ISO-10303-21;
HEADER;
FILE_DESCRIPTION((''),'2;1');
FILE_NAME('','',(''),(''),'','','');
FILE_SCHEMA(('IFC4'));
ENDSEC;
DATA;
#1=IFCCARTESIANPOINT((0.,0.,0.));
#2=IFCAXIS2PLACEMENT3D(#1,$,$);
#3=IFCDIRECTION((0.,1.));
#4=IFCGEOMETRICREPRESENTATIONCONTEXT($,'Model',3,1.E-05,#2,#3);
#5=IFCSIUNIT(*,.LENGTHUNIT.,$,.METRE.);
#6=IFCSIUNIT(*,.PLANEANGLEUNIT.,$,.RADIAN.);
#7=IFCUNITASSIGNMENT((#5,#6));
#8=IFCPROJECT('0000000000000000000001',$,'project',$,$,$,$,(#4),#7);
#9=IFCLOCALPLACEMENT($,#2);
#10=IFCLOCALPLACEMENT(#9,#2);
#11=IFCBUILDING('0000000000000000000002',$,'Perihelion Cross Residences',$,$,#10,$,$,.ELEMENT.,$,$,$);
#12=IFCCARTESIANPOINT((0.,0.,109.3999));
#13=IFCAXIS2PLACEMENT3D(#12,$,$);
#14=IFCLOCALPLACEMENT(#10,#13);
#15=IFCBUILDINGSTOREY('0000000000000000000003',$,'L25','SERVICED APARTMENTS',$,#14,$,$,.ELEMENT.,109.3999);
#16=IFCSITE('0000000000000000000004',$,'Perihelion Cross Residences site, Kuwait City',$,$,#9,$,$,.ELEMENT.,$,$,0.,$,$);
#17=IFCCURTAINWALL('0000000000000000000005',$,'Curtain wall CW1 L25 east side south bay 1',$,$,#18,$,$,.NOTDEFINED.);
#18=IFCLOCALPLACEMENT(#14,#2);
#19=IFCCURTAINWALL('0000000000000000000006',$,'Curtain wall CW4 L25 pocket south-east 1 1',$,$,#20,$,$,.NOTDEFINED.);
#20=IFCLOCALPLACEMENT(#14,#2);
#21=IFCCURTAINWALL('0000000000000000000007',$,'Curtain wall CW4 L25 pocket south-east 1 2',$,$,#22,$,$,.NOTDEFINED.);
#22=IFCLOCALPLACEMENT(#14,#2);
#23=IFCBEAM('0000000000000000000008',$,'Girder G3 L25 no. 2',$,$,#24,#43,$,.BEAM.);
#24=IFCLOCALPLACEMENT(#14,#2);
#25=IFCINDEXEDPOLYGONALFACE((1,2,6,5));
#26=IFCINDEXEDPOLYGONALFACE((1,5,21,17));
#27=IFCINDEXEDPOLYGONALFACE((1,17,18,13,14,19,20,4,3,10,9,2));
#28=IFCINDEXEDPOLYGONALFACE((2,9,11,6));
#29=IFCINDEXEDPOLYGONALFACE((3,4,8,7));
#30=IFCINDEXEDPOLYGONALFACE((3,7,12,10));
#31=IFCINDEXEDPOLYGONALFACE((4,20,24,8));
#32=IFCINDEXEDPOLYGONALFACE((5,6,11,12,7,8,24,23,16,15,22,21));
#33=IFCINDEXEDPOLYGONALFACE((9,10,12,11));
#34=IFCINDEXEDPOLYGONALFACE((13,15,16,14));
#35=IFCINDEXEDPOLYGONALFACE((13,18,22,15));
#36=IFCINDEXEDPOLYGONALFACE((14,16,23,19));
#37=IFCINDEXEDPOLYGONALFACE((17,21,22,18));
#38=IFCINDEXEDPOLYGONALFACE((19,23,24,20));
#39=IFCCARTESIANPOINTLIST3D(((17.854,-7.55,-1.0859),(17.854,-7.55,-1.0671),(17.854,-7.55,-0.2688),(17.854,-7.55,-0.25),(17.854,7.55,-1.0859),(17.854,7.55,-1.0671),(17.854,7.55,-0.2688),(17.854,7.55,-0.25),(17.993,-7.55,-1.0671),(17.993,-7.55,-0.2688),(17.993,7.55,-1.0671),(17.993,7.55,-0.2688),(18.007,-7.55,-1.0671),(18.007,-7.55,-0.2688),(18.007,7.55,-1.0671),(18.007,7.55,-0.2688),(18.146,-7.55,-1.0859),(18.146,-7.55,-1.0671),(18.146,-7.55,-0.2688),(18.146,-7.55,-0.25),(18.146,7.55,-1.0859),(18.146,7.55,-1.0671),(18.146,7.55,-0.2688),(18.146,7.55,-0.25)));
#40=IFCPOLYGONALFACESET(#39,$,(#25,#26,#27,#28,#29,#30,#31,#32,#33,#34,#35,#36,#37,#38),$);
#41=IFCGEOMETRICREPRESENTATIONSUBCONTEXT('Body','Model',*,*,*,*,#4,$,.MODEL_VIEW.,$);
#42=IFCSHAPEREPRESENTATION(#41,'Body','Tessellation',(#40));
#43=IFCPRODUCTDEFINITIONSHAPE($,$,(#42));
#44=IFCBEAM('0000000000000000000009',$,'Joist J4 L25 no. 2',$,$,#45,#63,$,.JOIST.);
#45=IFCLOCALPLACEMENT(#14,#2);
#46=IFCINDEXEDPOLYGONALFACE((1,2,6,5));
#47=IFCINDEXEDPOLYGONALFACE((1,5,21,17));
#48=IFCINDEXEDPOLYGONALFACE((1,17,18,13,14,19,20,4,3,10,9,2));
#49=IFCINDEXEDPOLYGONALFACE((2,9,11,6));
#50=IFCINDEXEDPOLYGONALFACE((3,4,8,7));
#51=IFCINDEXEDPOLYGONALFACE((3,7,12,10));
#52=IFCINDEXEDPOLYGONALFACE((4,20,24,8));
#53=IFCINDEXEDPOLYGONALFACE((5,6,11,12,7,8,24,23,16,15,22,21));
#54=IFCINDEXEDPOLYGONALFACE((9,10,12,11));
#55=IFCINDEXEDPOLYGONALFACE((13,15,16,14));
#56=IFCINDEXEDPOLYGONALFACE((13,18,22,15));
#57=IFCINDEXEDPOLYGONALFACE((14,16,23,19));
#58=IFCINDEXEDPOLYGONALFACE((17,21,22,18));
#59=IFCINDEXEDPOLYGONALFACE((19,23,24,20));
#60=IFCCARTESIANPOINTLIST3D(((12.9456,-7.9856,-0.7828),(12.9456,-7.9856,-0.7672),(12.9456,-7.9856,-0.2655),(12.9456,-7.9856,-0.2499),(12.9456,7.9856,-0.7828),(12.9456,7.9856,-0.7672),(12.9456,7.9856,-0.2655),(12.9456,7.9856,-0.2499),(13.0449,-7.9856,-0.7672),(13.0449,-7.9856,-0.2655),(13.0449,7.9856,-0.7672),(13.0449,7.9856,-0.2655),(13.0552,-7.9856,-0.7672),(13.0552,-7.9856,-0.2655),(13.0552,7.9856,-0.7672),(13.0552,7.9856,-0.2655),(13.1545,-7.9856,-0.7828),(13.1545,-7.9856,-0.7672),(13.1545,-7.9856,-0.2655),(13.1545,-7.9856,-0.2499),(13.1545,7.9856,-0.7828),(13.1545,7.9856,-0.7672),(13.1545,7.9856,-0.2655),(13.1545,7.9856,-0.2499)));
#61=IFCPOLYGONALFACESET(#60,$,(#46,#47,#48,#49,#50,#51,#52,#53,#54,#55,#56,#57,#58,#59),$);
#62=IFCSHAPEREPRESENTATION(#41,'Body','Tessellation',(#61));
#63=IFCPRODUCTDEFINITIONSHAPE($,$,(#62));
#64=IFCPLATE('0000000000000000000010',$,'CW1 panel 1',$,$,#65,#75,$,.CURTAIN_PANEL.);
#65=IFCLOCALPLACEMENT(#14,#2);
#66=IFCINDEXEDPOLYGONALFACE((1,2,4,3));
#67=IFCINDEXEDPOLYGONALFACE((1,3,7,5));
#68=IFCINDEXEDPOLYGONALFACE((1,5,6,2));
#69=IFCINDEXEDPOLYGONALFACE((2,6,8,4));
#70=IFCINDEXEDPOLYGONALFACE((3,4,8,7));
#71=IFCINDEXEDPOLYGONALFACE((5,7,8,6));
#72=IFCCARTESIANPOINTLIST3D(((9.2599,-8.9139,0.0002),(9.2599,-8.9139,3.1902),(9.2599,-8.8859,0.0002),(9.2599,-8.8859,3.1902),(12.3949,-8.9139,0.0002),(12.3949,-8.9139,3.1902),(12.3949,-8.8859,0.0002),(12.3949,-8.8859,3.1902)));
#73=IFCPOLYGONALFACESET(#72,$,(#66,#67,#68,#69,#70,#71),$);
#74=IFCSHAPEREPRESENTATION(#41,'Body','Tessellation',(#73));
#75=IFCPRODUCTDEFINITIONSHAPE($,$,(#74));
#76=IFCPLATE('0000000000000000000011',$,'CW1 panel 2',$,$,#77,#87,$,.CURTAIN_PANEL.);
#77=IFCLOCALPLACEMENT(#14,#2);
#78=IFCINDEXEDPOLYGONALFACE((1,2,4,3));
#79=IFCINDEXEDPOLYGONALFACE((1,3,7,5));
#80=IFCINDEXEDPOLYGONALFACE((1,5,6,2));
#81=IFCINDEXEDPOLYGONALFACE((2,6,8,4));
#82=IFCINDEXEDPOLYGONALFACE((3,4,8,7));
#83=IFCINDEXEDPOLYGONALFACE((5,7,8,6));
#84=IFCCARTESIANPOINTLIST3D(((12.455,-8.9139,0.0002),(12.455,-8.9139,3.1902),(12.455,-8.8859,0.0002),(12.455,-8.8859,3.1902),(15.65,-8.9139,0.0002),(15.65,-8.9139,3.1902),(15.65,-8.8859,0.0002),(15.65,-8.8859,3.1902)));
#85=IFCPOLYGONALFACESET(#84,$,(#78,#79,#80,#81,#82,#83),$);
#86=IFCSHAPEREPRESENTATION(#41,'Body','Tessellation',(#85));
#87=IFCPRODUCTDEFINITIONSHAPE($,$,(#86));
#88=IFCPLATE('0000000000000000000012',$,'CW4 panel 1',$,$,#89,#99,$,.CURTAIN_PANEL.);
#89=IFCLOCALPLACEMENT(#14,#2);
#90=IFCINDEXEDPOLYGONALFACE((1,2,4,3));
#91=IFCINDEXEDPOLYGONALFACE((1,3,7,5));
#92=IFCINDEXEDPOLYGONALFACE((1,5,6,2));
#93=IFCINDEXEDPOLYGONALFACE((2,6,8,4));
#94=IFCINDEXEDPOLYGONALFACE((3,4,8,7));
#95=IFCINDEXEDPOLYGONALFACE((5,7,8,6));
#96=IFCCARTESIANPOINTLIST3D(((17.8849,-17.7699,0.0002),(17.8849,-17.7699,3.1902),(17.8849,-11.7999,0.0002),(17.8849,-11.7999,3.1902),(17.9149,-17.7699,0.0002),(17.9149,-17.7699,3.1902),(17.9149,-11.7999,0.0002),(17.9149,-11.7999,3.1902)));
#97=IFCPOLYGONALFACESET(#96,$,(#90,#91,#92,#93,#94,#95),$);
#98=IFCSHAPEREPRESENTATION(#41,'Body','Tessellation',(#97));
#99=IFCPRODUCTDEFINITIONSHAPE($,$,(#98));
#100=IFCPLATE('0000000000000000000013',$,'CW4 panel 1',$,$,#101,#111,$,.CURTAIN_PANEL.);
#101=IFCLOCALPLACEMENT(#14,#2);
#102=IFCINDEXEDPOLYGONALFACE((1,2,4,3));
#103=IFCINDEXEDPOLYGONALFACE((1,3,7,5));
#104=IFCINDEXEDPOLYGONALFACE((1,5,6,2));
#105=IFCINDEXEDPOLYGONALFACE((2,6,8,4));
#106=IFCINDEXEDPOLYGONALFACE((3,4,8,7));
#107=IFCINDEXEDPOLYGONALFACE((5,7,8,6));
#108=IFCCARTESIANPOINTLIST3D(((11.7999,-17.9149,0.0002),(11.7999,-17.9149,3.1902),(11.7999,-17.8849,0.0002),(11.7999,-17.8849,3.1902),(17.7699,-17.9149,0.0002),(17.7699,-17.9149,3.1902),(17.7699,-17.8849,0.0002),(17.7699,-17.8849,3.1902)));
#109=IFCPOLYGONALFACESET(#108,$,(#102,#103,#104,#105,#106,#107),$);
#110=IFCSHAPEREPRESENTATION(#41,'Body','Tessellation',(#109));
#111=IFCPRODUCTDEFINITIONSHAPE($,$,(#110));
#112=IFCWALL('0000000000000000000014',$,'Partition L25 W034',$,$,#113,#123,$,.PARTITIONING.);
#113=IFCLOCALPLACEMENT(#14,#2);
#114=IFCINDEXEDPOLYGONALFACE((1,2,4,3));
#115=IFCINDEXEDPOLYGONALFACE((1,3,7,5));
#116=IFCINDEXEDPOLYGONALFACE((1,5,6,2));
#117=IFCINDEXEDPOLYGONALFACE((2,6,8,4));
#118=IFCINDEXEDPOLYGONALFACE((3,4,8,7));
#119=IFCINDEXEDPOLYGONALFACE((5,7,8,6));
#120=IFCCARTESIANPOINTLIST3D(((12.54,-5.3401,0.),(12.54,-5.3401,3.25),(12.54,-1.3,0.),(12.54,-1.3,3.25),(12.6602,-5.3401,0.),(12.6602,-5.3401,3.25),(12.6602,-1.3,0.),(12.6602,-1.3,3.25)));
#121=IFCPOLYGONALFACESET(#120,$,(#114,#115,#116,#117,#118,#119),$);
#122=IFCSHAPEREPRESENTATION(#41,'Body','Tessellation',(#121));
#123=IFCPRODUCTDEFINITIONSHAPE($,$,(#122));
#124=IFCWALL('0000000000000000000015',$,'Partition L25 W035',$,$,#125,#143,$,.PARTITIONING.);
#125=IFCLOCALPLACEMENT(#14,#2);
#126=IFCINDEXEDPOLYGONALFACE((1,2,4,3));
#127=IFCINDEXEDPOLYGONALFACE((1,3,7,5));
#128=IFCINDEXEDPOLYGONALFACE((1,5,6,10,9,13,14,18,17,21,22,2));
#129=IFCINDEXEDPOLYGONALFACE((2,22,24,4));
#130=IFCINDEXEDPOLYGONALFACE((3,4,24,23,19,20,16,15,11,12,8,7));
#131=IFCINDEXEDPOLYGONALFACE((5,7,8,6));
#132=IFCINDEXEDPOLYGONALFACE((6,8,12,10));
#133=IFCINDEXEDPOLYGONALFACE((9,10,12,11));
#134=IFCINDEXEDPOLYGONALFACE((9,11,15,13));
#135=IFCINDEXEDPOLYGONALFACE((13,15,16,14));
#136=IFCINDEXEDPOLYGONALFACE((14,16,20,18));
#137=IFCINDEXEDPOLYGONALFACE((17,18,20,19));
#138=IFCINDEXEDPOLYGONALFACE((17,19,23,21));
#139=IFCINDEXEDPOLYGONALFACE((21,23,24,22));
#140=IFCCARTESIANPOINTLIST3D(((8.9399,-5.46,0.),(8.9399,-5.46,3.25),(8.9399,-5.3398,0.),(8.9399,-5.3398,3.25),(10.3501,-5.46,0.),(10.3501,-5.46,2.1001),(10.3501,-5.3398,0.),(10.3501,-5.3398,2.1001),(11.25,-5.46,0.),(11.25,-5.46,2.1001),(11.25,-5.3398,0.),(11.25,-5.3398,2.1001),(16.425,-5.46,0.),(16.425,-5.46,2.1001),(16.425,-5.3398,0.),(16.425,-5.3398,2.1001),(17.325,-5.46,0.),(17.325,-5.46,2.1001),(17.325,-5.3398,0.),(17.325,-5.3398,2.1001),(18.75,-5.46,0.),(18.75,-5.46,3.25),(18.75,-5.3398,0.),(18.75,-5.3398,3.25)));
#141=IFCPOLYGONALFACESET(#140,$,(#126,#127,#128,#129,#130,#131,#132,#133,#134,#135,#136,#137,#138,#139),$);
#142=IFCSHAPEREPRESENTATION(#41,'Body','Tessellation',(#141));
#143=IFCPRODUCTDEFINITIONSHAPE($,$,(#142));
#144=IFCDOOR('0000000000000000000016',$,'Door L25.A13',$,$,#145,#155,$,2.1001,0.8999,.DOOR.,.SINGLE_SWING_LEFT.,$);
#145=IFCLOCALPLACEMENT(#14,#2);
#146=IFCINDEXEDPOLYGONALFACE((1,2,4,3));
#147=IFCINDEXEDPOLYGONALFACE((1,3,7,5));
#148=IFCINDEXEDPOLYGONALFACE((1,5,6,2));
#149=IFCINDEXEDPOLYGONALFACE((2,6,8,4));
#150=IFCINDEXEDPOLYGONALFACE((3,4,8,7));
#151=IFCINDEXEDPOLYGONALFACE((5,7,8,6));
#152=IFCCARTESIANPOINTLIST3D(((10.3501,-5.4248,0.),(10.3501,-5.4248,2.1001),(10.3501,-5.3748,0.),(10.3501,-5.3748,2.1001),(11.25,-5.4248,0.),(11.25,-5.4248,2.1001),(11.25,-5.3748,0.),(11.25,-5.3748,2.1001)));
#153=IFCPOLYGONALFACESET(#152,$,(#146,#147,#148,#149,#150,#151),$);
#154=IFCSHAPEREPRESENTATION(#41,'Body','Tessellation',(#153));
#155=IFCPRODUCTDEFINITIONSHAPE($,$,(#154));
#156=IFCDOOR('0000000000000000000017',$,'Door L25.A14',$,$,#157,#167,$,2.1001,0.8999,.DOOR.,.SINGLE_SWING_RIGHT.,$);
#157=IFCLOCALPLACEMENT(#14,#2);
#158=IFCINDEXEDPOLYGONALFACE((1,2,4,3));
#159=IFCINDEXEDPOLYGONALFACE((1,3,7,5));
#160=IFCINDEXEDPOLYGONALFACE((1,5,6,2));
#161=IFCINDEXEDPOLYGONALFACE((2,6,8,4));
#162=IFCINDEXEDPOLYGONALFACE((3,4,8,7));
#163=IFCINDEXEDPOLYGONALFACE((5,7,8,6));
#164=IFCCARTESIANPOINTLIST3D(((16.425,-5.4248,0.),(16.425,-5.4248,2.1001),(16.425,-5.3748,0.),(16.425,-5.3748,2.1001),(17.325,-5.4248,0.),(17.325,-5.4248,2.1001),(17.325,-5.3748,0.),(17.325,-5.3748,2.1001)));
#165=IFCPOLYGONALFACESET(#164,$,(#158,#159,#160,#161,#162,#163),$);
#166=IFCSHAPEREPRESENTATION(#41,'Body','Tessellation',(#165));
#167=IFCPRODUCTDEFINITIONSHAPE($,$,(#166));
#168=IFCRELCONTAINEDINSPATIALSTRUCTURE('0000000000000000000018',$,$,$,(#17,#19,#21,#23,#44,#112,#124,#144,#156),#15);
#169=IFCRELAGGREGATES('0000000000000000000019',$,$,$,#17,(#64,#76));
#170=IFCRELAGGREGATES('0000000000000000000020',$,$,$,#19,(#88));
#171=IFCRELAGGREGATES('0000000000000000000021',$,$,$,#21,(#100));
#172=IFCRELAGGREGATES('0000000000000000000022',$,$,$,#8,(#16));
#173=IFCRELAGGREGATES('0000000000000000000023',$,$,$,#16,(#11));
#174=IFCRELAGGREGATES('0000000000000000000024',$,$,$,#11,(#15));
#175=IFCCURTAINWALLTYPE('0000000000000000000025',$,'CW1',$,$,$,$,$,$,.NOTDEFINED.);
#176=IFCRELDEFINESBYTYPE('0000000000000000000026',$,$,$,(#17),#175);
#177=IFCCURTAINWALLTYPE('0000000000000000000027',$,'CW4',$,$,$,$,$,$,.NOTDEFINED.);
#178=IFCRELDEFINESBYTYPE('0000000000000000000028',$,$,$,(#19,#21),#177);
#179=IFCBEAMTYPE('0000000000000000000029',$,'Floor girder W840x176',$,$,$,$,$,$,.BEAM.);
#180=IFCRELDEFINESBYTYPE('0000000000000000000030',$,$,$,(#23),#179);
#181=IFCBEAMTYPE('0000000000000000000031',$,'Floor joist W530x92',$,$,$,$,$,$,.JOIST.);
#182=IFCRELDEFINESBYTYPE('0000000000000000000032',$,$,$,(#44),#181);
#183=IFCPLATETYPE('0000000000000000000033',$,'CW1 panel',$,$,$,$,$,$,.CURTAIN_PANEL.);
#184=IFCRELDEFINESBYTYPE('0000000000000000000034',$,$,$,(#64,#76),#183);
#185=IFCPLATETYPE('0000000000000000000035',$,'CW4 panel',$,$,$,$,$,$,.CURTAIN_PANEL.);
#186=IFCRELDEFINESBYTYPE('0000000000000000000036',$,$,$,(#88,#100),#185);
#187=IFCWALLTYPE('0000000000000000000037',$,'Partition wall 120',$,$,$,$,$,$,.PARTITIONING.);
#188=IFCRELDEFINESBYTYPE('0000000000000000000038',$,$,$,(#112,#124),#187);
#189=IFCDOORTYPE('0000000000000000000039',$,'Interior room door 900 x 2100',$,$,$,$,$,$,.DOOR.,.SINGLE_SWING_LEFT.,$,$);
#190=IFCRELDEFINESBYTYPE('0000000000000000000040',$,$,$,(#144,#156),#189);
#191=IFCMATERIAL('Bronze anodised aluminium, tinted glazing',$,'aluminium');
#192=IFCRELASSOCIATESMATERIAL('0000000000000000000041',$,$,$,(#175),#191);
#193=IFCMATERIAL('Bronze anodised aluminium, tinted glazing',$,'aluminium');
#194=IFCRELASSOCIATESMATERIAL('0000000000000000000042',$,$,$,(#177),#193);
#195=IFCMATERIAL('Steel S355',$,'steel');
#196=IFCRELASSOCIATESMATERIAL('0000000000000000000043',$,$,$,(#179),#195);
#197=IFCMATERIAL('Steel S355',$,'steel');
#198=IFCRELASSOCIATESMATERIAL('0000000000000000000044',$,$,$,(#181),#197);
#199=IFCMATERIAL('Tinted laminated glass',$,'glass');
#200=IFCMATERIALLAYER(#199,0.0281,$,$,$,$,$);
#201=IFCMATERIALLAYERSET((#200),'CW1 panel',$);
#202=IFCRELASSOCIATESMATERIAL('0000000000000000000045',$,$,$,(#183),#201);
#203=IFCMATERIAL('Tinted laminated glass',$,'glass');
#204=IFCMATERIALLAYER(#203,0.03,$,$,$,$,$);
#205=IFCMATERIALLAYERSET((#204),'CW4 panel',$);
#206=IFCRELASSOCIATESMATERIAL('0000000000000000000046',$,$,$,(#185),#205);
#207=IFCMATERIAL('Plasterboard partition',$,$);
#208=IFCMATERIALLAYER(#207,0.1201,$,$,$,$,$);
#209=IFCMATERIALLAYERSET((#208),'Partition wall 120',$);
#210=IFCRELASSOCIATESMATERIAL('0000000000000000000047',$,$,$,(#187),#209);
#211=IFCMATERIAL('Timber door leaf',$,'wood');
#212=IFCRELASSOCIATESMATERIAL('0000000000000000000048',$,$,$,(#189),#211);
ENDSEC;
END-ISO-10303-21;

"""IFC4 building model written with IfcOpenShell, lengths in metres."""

from ifc_helpers import new_model, si_unit, direction, frame, frame_2d, origin, origin_2d, place, context, subcontext, project, spatial, rectangle, i_section, extrude, material, layer, layer_set, material_profile, profile_set, type_object, element, fill, aggregate, save


model = new_model("IFC4")

# Units and contexts
model_context = context("Model", 3, precision=1e-05, world=origin(), true_north=direction((0.0, 1.0)))
body_context = subcontext(model_context, "Body", "Model", "MODEL_VIEW")
ifc_project = project(units=[si_unit("LENGTHUNIT", "METRE"), si_unit("PLANEANGLEUNIT", "RADIAN")], contexts=[model_context])

# Site, building, storey
site_placement = place(None, origin())
site = spatial("IfcSite", under=ifc_project, at=site_placement, Name="Perihelion Cross Residences site, Kuwait City", CompositionType="ELEMENT", RefElevation=0.0)
building_placement = place(site_placement, origin())
building = spatial("IfcBuilding", under=site, at=building_placement, Name="Perihelion Cross Residences", CompositionType="ELEMENT")
storey_placement = place(building_placement, frame((0.0, 0.0, 109.3999)))
storey = spatial("IfcBuildingStorey", under=building, at=storey_placement, Name="L25", Description="SERVICED APARTMENTS", CompositionType="ELEMENT", Elevation=109.3999)

# Curtain wall
ifc_material_1 = material(Name="Bronze anodised aluminium, tinted glazing", Category="aluminium")
curtain_wall_type_1 = type_object("IfcCurtainWallType", Name="CW1", PredefinedType="NOTDEFINED", material=ifc_material_1)
curtain_wall_1_placement = place(storey_placement, origin())
curtain_wall_1 = element("IfcCurtainWall", 1, at=curtain_wall_1_placement, inside=storey, type_object=curtain_wall_type_1, Name="Curtain wall CW1 L25 east side south bay 1", PredefinedType="NOTDEFINED")

# Curtain walls
ifc_material_2 = material(Name="Bronze anodised aluminium, tinted glazing", Category="aluminium")
curtain_wall_type_2 = type_object("IfcCurtainWallType", Name="CW4", PredefinedType="NOTDEFINED", material=ifc_material_2)
curtain_wall_2_placement = place(storey_placement, origin())
curtain_wall_2 = element("IfcCurtainWall", 2, at=curtain_wall_2_placement, inside=storey, type_object=curtain_wall_type_2, Name="Curtain wall CW4 L25 pocket south-east 1 1", PredefinedType="NOTDEFINED")
curtain_wall_3_placement = place(storey_placement, origin())
curtain_wall_3 = element("IfcCurtainWall", 3, at=curtain_wall_3_placement, inside=storey, type_object=curtain_wall_type_2, Name="Curtain wall CW4 L25 pocket south-east 1 2", PredefinedType="NOTDEFINED")

# Beams
ifc_material_3 = material(Name="Steel S355", Category="steel")
ifc_material_profile_1 = material_profile(ifc_material_3, i_section(OverallWidth=0.292, OverallDepth=0.8359, WebThickness=0.0139, FlangeThickness=0.0188, at=origin_2d()), Name="W840x176")
ifc_profile_set_1 = profile_set([ifc_material_profile_1], Name="Steel S355")
beam_type_1 = type_object("IfcBeamType", Name="Floor girder W840x176", PredefinedType="BEAM", material=ifc_profile_set_1)
beam_1_placement = place(storey_placement, frame((18.0, -7.55, -0.668), z_axis=(0.0, 1.0, 0.0), x_axis=(-1.0, 0.0, 0.0)))
element("IfcBeam", 4, at=beam_1_placement, inside=storey, type_object=beam_type_1, Name="Girder G3 L25 no. 2", PredefinedType="BEAM", context=body_context, shape_type="SweptSolid", body=[
    extrude(i_section(OverallWidth=0.292, OverallDepth=0.8359, WebThickness=0.0139, FlangeThickness=0.0188, at=origin_2d()), origin(), (0.0, 0.0, 1.0), 15.1001),
])
ifc_material_4 = material(Name="Steel S355", Category="steel")
ifc_material_profile_2 = material_profile(ifc_material_4, i_section(OverallWidth=0.209, OverallDepth=0.533, WebThickness=0.0103, FlangeThickness=0.0156, at=origin_2d()), Name="W530x92")
ifc_profile_set_2 = profile_set([ifc_material_profile_2], Name="Steel S355")
beam_type_2 = type_object("IfcBeamType", Name="Floor joist W530x92", PredefinedType="JOIST", material=ifc_profile_set_2)
beam_2_placement = place(storey_placement, frame((13.05, -7.9856, -0.5164), z_axis=(0.0, 1.0, 0.0), x_axis=(-1.0, 0.0, 0.0)))
element("IfcBeam", 5, at=beam_2_placement, inside=storey, type_object=beam_type_2, Name="Joist J4 L25 no. 2", PredefinedType="JOIST", context=body_context, shape_type="SweptSolid", body=[
    extrude(i_section(OverallWidth=0.209, OverallDepth=0.533, WebThickness=0.0103, FlangeThickness=0.0156, at=origin_2d()), origin(), (0.0, 0.0, 1.0), 15.9712),
])

# Plates
ifc_material_5 = material(Name="Tinted laminated glass", Category="glass")
ifc_layer_1 = layer(ifc_material_5, 0.0281)
ifc_layer_set_1 = layer_set([ifc_layer_1], Name="CW1 panel")
plate_type_1 = type_object("IfcPlateType", Name="CW1 panel", PredefinedType="CURTAIN_PANEL", material=ifc_layer_set_1)
plate_1_placement = place(storey_placement, frame((10.8274, -8.8999, 0.0002), z_axis=(0.0, 0.0, 1.0), x_axis=(1.0, 0.0, 0.0)))
plate_1 = element("IfcPlate", 6, at=plate_1_placement, type_object=plate_type_1, Name="CW1 panel 1", PredefinedType="CURTAIN_PANEL", context=body_context, shape_type="SweptSolid", body=[
    extrude(rectangle(XDim=3.135, YDim=0.0281, at=origin_2d()), origin(), (0.0, 0.0, 1.0), 3.1899),
])
plate_2_placement = place(storey_placement, frame((14.0525, -8.8999, 0.0002), z_axis=(0.0, 0.0, 1.0), x_axis=(1.0, 0.0, 0.0)))
plate_2 = element("IfcPlate", 7, at=plate_2_placement, type_object=plate_type_1, Name="CW1 panel 2", PredefinedType="CURTAIN_PANEL", context=body_context, shape_type="SweptSolid", body=[
    extrude(rectangle(XDim=3.1951, YDim=0.0281, at=origin_2d()), origin(), (0.0, 0.0, 1.0), 3.1899),
])
aggregate(curtain_wall_1, [plate_1, plate_2])
ifc_material_6 = material(Name="Tinted laminated glass", Category="glass")
ifc_layer_2 = layer(ifc_material_6, 0.03)
ifc_layer_set_2 = layer_set([ifc_layer_2], Name="CW4 panel")
plate_type_2 = type_object("IfcPlateType", Name="CW4 panel", PredefinedType="CURTAIN_PANEL", material=ifc_layer_set_2)
plate_3_placement = place(storey_placement, frame((17.8999, -14.7849, 0.0002), z_axis=(0.0, 0.0, 1.0), x_axis=(0.0, -1.0, 0.0)))
plate_3 = element("IfcPlate", 8, at=plate_3_placement, type_object=plate_type_2, Name="CW4 panel 1", PredefinedType="CURTAIN_PANEL", context=body_context, shape_type="SweptSolid", body=[
    extrude(rectangle(XDim=5.97, YDim=0.03, at=origin_2d()), origin(), (0.0, 0.0, 1.0), 3.1899),
])
aggregate(curtain_wall_2, [plate_3])
plate_4_placement = place(storey_placement, frame((14.7849, -17.8999, 0.0002), z_axis=(0.0, 0.0, 1.0), x_axis=(-1.0, 0.0, 0.0)))
plate_4 = element("IfcPlate", 9, at=plate_4_placement, type_object=plate_type_2, Name="CW4 panel 1", PredefinedType="CURTAIN_PANEL", context=body_context, shape_type="SweptSolid", body=[
    extrude(rectangle(XDim=5.97, YDim=0.03, at=origin_2d()), origin(), (0.0, 0.0, 1.0), 3.1899),
])
aggregate(curtain_wall_3, [plate_4])

# Wall
ifc_material_7 = material(Name="Plasterboard partition")
ifc_layer_3 = layer(ifc_material_7, 0.1201)
ifc_layer_set_3 = layer_set([ifc_layer_3], Name="Partition wall 120")
wall_type_1 = type_object("IfcWallType", Name="Partition wall 120", PredefinedType="PARTITIONING", material=ifc_layer_set_3)
wall_1_placement = place(storey_placement, frame((12.6001, -1.3, 0.0), z_axis=(0.0, 0.0, 1.0), x_axis=(0.0, -1.0, 0.0)))
element("IfcWall", 10, at=wall_1_placement, inside=storey, type_object=wall_type_1, Name="Partition L25 W034", PredefinedType="PARTITIONING", context=body_context, shape_type="SweptSolid", body=[
    extrude(rectangle(XDim=4.04, YDim=0.1201, at=frame_2d((2.02, 0.0))), origin(), (0.0, 0.0, 1.0), 3.25),
])

# Wall, openings, doors
wall_2_placement = place(storey_placement, frame((18.75, -5.3999, 0.0), z_axis=(0.0, 0.0, 1.0), x_axis=(-1.0, 0.0, 0.0)))
wall_2 = element("IfcWall", 11, at=wall_2_placement, inside=storey, type_object=wall_type_1, Name="Partition L25 W035", PredefinedType="PARTITIONING", context=body_context, shape_type="SweptSolid", body=[
    extrude(rectangle(XDim=9.8101, YDim=0.1201, at=frame_2d((4.905, 0.0))), origin(), (0.0, 0.0, 1.0), 3.25),
])
opening_1_placement = place(wall_2_placement, frame((7.5, 0.0, 0.0)))
opening_1 = element("IfcOpeningElement", 12, at=opening_1_placement, cuts=wall_2, PredefinedType="OPENING", context=body_context, shape_type="SweptSolid", body=[
    extrude(rectangle(XDim=0.8999, YDim=2.1001, at=frame_2d((0.45, 1.05))), frame((0.0, 0.0701, 0.0), z_axis=(0.0, -1.0, 0.0), x_axis=(1.0, 0.0, 0.0)), (0.0, 0.0, 1.0), 0.1401),
])
opening_2_placement = place(wall_2_placement, frame((1.425, 0.0, 0.0)))
opening_2 = element("IfcOpeningElement", 13, at=opening_2_placement, cuts=wall_2, PredefinedType="OPENING", context=body_context, shape_type="SweptSolid", body=[
    extrude(rectangle(XDim=0.8999, YDim=2.1001, at=frame_2d((0.45, 1.05))), frame((0.0, 0.0701, 0.0), z_axis=(0.0, -1.0, 0.0), x_axis=(1.0, 0.0, 0.0)), (0.0, 0.0, 1.0), 0.1401),
])
ifc_material_8 = material(Name="Timber door leaf", Category="wood")
door_type_1 = type_object("IfcDoorType", Name="Interior room door 900 x 2100", OperationType="SINGLE_SWING_LEFT", PredefinedType="DOOR", material=ifc_material_8)
door_1_placement = place(opening_1_placement, origin())
door_1 = element("IfcDoor", 14, at=door_1_placement, inside=storey, type_object=door_type_1, Name="Door L25.A13", OperationType="SINGLE_SWING_LEFT", OverallHeight=2.1001, OverallWidth=0.8999, PredefinedType="DOOR", context=body_context, shape_type="SweptSolid", body=[
    extrude(rectangle(XDim=0.8999, YDim=2.1001, at=frame_2d((0.45, 1.05))), frame((0.0, 0.0249, 0.0), z_axis=(0.0, -1.0, 0.0), x_axis=(1.0, 0.0, 0.0)), (0.0, 0.0, 1.0), 0.05),
])
fill(opening_1, door_1)
door_2_placement = place(opening_2_placement, origin())
door_2 = element("IfcDoor", 15, at=door_2_placement, inside=storey, type_object=door_type_1, Name="Door L25.A14", OperationType="SINGLE_SWING_RIGHT", OverallHeight=2.1001, OverallWidth=0.8999, PredefinedType="DOOR", context=body_context, shape_type="SweptSolid", body=[
    extrude(rectangle(XDim=0.8999, YDim=2.1001, at=frame_2d((0.45, 1.05))), frame((0.0, 0.0249, 0.0), z_axis=(0.0, -1.0, 0.0), x_axis=(1.0, 0.0, 0.0)), (0.0, 0.0, 1.0), 0.05),
])
fill(opening_2, door_2)

save(model, "model.ifc")
